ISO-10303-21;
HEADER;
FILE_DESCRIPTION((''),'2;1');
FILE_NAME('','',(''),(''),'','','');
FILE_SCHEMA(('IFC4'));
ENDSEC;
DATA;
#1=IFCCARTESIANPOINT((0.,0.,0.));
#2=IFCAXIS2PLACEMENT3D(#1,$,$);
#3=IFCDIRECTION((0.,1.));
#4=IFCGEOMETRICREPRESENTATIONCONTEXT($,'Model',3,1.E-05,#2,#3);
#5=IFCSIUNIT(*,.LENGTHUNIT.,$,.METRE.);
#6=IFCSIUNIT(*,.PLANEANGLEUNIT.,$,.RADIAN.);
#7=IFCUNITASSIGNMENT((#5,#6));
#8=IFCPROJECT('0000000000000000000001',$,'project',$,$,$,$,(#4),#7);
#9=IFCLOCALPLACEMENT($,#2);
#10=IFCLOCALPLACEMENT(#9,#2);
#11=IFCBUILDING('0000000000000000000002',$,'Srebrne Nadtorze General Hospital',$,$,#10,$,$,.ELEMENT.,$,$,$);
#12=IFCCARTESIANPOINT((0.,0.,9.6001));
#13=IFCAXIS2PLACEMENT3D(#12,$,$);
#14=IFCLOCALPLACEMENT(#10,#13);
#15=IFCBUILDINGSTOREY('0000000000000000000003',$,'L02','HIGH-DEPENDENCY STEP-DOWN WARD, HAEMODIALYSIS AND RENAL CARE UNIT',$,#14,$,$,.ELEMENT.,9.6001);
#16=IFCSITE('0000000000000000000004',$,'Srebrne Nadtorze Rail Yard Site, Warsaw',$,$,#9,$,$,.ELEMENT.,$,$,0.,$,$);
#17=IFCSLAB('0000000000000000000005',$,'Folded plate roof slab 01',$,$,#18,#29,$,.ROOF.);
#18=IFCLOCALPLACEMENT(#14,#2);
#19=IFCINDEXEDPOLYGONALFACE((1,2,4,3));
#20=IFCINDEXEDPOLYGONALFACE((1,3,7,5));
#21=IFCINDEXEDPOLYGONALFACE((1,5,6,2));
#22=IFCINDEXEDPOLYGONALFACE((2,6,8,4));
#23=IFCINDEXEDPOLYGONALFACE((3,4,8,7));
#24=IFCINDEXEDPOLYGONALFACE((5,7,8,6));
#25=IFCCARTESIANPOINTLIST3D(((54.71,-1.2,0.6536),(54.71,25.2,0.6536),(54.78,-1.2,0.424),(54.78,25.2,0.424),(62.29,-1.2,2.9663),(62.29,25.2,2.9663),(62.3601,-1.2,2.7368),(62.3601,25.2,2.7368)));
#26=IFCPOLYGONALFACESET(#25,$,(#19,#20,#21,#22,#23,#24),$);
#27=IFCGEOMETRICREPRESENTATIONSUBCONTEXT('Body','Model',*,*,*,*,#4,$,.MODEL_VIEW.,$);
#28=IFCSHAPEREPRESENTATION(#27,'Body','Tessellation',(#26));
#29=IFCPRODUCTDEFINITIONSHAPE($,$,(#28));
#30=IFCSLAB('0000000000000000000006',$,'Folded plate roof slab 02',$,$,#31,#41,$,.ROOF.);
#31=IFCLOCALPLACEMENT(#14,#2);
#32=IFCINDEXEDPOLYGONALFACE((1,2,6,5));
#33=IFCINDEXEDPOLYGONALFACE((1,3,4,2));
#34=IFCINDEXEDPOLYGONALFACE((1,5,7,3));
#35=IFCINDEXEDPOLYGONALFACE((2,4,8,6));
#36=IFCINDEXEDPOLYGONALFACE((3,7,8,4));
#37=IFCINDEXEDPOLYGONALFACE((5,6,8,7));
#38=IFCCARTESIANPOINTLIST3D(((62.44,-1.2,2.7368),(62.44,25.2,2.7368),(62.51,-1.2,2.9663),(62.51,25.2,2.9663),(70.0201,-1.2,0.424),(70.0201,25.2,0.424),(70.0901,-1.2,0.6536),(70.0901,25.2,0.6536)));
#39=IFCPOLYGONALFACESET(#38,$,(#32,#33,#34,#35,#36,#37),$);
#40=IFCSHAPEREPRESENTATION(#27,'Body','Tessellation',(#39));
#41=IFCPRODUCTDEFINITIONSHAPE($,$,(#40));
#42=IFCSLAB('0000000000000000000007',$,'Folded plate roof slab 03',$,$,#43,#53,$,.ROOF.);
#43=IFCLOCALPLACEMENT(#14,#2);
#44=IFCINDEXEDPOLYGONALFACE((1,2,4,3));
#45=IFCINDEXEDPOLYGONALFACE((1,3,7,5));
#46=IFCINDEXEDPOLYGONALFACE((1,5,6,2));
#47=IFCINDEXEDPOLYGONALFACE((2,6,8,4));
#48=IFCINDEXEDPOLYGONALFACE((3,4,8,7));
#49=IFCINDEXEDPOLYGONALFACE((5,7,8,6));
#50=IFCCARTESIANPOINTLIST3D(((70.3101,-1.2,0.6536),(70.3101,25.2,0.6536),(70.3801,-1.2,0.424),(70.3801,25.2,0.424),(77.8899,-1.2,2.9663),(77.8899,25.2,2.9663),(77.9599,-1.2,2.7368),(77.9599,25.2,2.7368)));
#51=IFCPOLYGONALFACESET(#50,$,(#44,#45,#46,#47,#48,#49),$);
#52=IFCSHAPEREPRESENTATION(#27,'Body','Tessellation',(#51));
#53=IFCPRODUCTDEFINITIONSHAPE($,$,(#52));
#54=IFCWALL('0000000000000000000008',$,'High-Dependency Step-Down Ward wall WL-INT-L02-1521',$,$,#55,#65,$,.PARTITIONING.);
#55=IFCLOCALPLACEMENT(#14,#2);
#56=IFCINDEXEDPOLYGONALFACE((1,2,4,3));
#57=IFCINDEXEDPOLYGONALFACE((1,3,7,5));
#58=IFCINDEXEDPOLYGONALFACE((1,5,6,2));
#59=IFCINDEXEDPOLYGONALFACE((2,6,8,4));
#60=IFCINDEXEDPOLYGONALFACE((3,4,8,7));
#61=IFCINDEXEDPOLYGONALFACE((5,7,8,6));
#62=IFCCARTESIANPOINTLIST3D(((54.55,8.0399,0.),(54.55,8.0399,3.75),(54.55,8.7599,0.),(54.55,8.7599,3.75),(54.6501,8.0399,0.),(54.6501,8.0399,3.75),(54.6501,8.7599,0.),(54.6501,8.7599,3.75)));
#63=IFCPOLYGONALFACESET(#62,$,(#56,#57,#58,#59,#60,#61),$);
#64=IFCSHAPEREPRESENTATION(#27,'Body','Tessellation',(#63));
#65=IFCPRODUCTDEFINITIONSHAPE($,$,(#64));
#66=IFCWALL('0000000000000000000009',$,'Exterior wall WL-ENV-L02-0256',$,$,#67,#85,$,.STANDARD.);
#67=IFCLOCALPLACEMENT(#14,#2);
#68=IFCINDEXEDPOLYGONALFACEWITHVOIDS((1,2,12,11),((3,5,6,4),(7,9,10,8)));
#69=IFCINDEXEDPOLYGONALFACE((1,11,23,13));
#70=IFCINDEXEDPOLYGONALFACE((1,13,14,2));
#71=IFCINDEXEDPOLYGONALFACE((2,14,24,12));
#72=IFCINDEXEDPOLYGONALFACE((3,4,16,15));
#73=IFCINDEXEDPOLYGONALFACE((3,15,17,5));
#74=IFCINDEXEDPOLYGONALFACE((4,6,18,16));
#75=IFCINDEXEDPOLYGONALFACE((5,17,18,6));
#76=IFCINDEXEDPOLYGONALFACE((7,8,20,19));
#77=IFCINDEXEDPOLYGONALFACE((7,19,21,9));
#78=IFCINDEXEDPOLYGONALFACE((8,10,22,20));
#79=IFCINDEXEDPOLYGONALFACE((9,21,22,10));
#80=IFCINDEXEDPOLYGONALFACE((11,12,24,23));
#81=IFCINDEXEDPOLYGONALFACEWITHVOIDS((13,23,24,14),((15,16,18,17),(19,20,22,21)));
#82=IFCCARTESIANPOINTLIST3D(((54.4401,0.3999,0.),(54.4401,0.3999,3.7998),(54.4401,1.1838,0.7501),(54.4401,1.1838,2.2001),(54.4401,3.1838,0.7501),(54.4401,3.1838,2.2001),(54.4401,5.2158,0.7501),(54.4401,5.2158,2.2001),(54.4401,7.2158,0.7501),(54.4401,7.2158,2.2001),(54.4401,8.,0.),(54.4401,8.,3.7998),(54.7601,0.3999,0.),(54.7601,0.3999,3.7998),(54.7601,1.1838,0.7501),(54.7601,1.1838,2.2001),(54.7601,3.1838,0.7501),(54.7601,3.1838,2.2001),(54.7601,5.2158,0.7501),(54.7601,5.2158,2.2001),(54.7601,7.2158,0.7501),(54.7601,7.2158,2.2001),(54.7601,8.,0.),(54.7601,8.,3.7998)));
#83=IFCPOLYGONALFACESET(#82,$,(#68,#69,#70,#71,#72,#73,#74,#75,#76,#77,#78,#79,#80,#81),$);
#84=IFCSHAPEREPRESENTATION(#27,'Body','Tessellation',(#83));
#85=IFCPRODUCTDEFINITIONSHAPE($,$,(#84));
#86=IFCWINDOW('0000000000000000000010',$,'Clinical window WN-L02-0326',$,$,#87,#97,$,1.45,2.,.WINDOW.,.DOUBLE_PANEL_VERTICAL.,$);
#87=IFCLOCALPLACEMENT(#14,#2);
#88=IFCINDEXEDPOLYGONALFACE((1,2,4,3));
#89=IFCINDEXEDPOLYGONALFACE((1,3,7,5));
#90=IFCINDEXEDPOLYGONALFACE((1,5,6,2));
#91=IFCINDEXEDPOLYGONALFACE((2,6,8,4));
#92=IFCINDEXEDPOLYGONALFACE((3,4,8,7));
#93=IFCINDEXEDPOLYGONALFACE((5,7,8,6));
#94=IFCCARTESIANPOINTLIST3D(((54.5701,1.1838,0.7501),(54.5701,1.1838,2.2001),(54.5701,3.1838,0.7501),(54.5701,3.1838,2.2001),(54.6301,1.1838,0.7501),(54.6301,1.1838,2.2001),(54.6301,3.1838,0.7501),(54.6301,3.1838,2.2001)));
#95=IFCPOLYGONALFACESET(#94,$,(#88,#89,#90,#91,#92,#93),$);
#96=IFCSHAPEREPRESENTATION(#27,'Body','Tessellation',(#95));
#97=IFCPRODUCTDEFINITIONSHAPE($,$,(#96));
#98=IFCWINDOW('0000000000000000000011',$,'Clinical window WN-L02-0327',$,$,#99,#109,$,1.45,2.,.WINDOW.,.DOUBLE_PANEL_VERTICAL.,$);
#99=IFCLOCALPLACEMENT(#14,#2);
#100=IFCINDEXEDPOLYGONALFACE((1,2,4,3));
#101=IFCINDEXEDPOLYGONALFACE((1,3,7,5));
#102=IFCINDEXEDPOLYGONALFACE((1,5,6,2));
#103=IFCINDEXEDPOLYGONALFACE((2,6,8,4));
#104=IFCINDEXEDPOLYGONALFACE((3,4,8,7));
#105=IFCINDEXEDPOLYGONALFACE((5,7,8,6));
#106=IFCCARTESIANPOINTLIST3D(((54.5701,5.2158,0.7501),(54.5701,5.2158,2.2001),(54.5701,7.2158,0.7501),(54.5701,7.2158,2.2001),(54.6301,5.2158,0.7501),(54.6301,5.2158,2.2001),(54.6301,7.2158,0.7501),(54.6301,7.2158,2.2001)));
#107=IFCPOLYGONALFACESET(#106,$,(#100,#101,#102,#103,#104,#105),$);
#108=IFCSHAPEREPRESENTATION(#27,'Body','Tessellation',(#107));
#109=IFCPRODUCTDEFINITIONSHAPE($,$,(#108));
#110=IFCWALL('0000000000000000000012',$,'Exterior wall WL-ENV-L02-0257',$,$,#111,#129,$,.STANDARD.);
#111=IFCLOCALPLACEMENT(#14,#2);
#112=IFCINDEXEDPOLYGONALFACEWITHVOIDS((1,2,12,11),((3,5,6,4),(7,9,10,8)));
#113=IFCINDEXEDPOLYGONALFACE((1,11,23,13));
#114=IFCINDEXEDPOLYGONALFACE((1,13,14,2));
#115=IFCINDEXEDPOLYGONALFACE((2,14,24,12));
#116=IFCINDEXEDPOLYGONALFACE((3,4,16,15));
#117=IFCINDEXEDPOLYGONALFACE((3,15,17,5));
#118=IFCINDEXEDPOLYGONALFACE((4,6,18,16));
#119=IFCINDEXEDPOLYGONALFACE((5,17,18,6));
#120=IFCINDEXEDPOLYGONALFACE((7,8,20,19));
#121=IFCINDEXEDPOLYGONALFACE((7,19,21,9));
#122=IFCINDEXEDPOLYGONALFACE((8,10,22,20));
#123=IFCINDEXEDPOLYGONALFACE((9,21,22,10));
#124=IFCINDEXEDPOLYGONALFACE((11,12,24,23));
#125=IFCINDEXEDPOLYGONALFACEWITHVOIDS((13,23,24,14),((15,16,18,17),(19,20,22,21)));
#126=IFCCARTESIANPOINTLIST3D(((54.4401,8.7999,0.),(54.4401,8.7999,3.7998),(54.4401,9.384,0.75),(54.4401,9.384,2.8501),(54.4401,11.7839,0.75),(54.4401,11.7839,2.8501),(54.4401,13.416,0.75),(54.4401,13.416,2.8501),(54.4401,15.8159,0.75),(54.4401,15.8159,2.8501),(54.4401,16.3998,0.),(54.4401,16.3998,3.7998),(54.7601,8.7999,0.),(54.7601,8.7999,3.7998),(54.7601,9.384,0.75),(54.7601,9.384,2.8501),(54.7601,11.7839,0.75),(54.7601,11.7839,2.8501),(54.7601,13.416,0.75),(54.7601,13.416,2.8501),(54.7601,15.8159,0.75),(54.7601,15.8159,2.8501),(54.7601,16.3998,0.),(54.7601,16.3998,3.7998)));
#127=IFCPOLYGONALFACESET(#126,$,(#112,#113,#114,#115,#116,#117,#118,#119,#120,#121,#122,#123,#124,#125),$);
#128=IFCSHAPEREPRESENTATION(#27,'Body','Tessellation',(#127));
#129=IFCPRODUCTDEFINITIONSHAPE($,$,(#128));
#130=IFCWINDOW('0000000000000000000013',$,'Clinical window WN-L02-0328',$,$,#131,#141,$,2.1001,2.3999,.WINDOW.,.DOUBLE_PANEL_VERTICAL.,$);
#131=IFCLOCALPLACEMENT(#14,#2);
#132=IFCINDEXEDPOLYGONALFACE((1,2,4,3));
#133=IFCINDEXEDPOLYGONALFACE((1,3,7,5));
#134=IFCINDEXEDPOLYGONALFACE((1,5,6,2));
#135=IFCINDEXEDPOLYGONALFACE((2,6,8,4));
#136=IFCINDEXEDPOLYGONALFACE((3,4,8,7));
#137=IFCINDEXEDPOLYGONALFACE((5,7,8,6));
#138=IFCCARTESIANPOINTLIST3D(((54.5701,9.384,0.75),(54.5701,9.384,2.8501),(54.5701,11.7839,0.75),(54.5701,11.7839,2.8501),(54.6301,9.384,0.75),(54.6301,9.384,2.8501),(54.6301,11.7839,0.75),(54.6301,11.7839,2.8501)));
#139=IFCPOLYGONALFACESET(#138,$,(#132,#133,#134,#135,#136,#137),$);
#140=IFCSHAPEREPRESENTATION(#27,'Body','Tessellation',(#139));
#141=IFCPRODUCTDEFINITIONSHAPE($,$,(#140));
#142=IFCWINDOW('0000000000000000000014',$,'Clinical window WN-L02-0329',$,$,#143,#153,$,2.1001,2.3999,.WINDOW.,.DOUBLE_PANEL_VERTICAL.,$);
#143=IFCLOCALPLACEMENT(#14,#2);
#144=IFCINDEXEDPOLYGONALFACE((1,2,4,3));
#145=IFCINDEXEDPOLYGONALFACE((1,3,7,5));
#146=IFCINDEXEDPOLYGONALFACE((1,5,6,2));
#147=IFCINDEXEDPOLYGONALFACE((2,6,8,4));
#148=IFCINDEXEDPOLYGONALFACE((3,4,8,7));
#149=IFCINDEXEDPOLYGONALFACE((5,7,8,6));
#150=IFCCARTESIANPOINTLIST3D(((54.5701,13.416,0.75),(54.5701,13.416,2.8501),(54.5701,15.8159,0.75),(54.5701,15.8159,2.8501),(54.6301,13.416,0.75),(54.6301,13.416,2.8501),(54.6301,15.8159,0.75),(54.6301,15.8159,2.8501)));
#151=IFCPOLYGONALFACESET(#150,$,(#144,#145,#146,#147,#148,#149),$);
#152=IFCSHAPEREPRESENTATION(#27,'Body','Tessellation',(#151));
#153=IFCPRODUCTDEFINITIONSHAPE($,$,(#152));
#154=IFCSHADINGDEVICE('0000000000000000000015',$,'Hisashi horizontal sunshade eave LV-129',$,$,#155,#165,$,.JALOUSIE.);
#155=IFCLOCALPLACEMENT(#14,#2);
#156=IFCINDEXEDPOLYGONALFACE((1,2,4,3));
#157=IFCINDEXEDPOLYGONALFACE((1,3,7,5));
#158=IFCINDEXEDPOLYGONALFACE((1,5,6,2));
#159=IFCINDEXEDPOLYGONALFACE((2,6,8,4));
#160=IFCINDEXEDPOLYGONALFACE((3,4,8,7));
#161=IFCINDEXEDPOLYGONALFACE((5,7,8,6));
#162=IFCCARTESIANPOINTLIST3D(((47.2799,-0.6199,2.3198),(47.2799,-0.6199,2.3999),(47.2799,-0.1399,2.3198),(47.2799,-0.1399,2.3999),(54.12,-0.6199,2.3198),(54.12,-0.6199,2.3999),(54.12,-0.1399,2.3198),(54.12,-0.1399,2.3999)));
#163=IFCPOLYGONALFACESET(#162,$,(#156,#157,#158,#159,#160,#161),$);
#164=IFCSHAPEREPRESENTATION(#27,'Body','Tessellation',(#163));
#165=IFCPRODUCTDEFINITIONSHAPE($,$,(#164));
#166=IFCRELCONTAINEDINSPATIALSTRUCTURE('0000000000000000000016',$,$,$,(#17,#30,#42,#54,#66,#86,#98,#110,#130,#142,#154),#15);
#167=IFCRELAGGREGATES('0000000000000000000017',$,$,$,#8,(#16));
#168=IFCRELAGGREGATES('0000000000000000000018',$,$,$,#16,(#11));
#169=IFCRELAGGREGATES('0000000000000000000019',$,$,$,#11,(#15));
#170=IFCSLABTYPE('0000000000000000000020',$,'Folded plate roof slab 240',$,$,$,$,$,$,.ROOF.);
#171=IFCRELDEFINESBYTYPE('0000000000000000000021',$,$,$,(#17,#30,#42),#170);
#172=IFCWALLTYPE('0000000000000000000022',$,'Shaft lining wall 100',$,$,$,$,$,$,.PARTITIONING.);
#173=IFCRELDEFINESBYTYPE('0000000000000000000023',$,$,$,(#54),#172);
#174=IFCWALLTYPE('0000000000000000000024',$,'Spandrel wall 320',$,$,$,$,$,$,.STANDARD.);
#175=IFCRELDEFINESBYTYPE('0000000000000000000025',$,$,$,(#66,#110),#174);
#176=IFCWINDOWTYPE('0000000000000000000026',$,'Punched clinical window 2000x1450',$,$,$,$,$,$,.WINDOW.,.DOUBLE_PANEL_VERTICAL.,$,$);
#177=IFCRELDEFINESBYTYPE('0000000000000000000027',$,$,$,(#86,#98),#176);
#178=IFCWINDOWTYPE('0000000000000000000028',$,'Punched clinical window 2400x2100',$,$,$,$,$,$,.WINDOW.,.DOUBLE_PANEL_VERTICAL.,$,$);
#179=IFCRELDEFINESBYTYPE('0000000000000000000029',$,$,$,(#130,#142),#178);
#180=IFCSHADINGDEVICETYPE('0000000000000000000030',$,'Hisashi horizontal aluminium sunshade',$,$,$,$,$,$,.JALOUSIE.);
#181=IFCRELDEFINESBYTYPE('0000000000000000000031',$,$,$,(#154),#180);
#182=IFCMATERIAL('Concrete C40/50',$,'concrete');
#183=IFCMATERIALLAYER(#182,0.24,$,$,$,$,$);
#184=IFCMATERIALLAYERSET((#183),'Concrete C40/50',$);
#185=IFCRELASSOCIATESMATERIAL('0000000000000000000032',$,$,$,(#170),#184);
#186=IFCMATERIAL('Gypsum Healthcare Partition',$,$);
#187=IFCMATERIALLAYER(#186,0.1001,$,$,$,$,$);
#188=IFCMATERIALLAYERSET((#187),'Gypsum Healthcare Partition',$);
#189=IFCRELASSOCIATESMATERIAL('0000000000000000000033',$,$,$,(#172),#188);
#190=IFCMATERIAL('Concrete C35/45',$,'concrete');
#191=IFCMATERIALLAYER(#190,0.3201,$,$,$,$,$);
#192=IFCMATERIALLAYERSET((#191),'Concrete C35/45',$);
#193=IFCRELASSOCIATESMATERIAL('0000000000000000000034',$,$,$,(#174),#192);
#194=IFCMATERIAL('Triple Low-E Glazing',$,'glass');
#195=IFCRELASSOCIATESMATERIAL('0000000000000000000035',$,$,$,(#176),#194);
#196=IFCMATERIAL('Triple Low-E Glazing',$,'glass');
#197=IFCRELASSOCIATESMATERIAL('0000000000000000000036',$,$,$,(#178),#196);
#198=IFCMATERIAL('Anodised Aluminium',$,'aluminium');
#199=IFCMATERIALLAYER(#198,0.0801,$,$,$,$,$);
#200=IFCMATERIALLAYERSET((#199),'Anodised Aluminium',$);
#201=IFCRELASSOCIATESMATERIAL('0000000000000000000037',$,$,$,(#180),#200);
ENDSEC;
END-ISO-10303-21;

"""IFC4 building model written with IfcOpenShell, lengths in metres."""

from ifc_helpers import new_model, si_unit, direction, frame, frame_2d, origin, origin_2d, place, context, subcontext, project, spatial, polyline, rectangle, outline, extrude, material, layer, layer_set, type_object, element, fill, save


model = new_model("IFC4")

# Units and contexts
model_context = context("Model", 3, precision=1e-05, world=origin(), true_north=direction((0.0, 1.0)))
body_context = subcontext(model_context, "Body", "Model", "MODEL_VIEW")
ifc_project = project(units=[si_unit("LENGTHUNIT", "METRE"), si_unit("PLANEANGLEUNIT", "RADIAN")], contexts=[model_context])

# Site, building, storey
site_placement = place(None, origin())
site = spatial("IfcSite", under=ifc_project, at=site_placement, Name="Srebrne Nadtorze Rail Yard Site, Warsaw", CompositionType="ELEMENT", RefElevation=0.0)
building_placement = place(site_placement, origin())
building = spatial("IfcBuilding", under=site, at=building_placement, Name="Srebrne Nadtorze General Hospital", CompositionType="ELEMENT")
storey_placement = place(building_placement, frame((0.0, 0.0, 9.6001)))
storey = spatial("IfcBuildingStorey", under=building, at=storey_placement, Name="L02", Description="HIGH-DEPENDENCY STEP-DOWN WARD, HAEMODIALYSIS AND RENAL CARE UNIT", CompositionType="ELEMENT", Elevation=9.6001)

# Slabs
ifc_material_1 = material(Name="Concrete C40/50", Category="concrete")
ifc_layer_1 = layer(ifc_material_1, 0.24)
ifc_layer_set_1 = layer_set([ifc_layer_1], Name="Concrete C40/50")
slab_type = type_object("IfcSlabType", Name="Folded plate roof slab 240", PredefinedType="ROOF", material=ifc_layer_set_1)
for number, where, z_axis, x_axis, name in (
    (1, (54.71, -1.2, 0.6536), (-0.291827, 0.0, 0.956471), (0.956471, 0.0, 0.291827), "Folded plate roof slab 01"),
    (2, (62.51, -1.2, 2.9663), (0.291827, 0.0, 0.956471), (0.956471, 0.0, -0.291827), "Folded plate roof slab 02"),
):
    element("IfcSlab", number, at=place(storey_placement, frame(where, z_axis=z_axis, x_axis=x_axis)), inside=storey, type_object=slab_type, Name=name, PredefinedType="ROOF", context=body_context, shape_type="SweptSolid", body=[
        extrude(outline(polyline([(0.0, 0.0), (7.925, 0.0), (7.925, 26.3999), (0.0, 26.3999), (0.0, 0.0)])), origin(), (0.0, 0.0, -1.0), 0.24),
    ])
slab_placement = place(storey_placement, frame((70.3101, -1.2, 0.6536), z_axis=(-0.291836, 0.0, 0.956468), x_axis=(0.956468, 0.0, 0.291836)))
element("IfcSlab", 3, at=slab_placement, inside=storey, type_object=slab_type, Name="Folded plate roof slab 03", PredefinedType="ROOF", context=body_context, shape_type="SweptSolid", body=[
    extrude(outline(polyline([(0.0, 0.0), (7.9248, 0.0), (7.9248, 26.3999), (0.0, 26.3999), (0.0, 0.0)])), origin(), (0.0, 0.0, -1.0), 0.24),
])

# Wall
ifc_material_2 = material(Name="Gypsum Healthcare Partition")
ifc_layer_2 = layer(ifc_material_2, 0.1001)
ifc_layer_set_2 = layer_set([ifc_layer_2], Name="Gypsum Healthcare Partition")
wall_type_1 = type_object("IfcWallType", Name="Shaft lining wall 100", PredefinedType="PARTITIONING", material=ifc_layer_set_2)
wall_1_placement = place(storey_placement, frame((54.6001, 8.04, 0.0), z_axis=(0.0, 0.0, 1.0), x_axis=(0.0, 1.0, 0.0)))
element("IfcWall", 4, at=wall_1_placement, inside=storey, type_object=wall_type_1, Name="High-Dependency Step-Down Ward wall WL-INT-L02-1521", PredefinedType="PARTITIONING", context=body_context, shape_type="SweptSolid", body=[
    extrude(rectangle(XDim=0.72, YDim=0.1001, at=frame_2d((0.3599, 0.0))), origin(), (0.0, 0.0, 1.0), 3.75),
])

# Walls, openings, windows
ifc_material_3 = material(Name="Concrete C35/45", Category="concrete")
ifc_layer_3 = layer(ifc_material_3, 0.3201)
ifc_layer_set_3 = layer_set([ifc_layer_3], Name="Concrete C35/45")
wall_type_2 = type_object("IfcWallType", Name="Spandrel wall 320", PredefinedType="STANDARD", material=ifc_layer_set_3)
wall_2_placement = place(storey_placement, frame((54.6001, 0.3999, 0.0), z_axis=(0.0, 0.0, 1.0), x_axis=(0.0, 1.0, 0.0)))
wall_2 = element("IfcWall", 5, at=wall_2_placement, inside=storey, type_object=wall_type_2, Name="Exterior wall WL-ENV-L02-0256", PredefinedType="STANDARD", context=body_context, shape_type="SweptSolid", body=[
    extrude(rectangle(XDim=7.6001, YDim=0.3201, at=frame_2d((3.8, 0.0))), origin(), (0.0, 0.0, 1.0), 3.7998),
])
opening_1_placement = place(wall_2_placement, frame((0.7839, 0.0, 0.75)))
opening_1 = element("IfcOpeningElement", 6, at=opening_1_placement, cuts=wall_2, PredefinedType="OPENING", context=body_context, shape_type="SweptSolid", body=[
    extrude(rectangle(XDim=2.0, YDim=1.45, at=frame_2d((1.0, 0.7251))), frame((0.0, 0.1719, 0.0), z_axis=(0.0, -1.0, 0.0), x_axis=(1.0, 0.0, 0.0)), (0.0, 0.0, 1.0), 0.344),
])
opening_2_placement = place(wall_2_placement, frame((4.8159, 0.0, 0.75)))
opening_2 = element("IfcOpeningElement", 7, at=opening_2_placement, cuts=wall_2, PredefinedType="OPENING", context=body_context, shape_type="SweptSolid", body=[
    extrude(rectangle(XDim=2.0, YDim=1.45, at=frame_2d((1.0, 0.7251))), frame((0.0, 0.1719, 0.0), z_axis=(0.0, -1.0, 0.0), x_axis=(1.0, 0.0, 0.0)), (0.0, 0.0, 1.0), 0.344),
])
ifc_material_4 = material(Name="Triple Low-E Glazing", Category="glass")
window_type_1 = type_object("IfcWindowType", Name="Punched clinical window 2000x1450", PartitioningType="DOUBLE_PANEL_VERTICAL", PredefinedType="WINDOW", material=ifc_material_4)
window_1_placement = place(opening_1_placement, origin())
window_1 = element("IfcWindow", 8, at=window_1_placement, inside=storey, type_object=window_type_1, Name="Clinical window WN-L02-0326", OverallHeight=1.45, OverallWidth=2.0, PartitioningType="DOUBLE_PANEL_VERTICAL", PredefinedType="WINDOW", context=body_context, shape_type="SweptSolid", body=[
    extrude(rectangle(XDim=2.0, YDim=1.45, at=frame_2d((1.0, 0.7251))), frame((0.0, 0.03, 0.0), z_axis=(0.0, -1.0, 0.0), x_axis=(1.0, 0.0, 0.0)), (0.0, 0.0, 1.0), 0.0601),
])
fill(opening_1, window_1)
window_2_placement = place(opening_2_placement, origin())
window_2 = element("IfcWindow", 9, at=window_2_placement, inside=storey, type_object=window_type_1, Name="Clinical window WN-L02-0327", OverallHeight=1.45, OverallWidth=2.0, PartitioningType="DOUBLE_PANEL_VERTICAL", PredefinedType="WINDOW", context=body_context, shape_type="SweptSolid", body=[
    extrude(rectangle(XDim=2.0, YDim=1.45, at=frame_2d((1.0, 0.7251))), frame((0.0, 0.03, 0.0), z_axis=(0.0, -1.0, 0.0), x_axis=(1.0, 0.0, 0.0)), (0.0, 0.0, 1.0), 0.0601),
])
fill(opening_2, window_2)
wall_3_placement = place(storey_placement, frame((54.6001, 8.8, 0.0), z_axis=(0.0, 0.0, 1.0), x_axis=(0.0, 1.0, 0.0)))
wall_3 = element("IfcWall", 10, at=wall_3_placement, inside=storey, type_object=wall_type_2, Name="Exterior wall WL-ENV-L02-0257", PredefinedType="STANDARD", context=body_context, shape_type="SweptSolid", body=[
    extrude(rectangle(XDim=7.5999, YDim=0.3201, at=frame_2d((3.7998, 0.0))), origin(), (0.0, 0.0, 1.0), 3.7998),
])
opening_3_placement = place(wall_3_placement, frame((0.584, 0.0, 0.75)))
opening_3 = element("IfcOpeningElement", 11, at=opening_3_placement, cuts=wall_3, PredefinedType="OPENING", context=body_context, shape_type="SweptSolid", body=[
    extrude(rectangle(XDim=2.3999, YDim=2.1001, at=frame_2d((1.2, 1.05))), frame((0.0, 0.1719, 0.0), z_axis=(0.0, -1.0, 0.0), x_axis=(1.0, 0.0, 0.0)), (0.0, 0.0, 1.0), 0.344),
])
opening_4_placement = place(wall_3_placement, frame((4.616, 0.0, 0.75)))
opening_4 = element("IfcOpeningElement", 12, at=opening_4_placement, cuts=wall_3, PredefinedType="OPENING", context=body_context, shape_type="SweptSolid", body=[
    extrude(rectangle(XDim=2.3999, YDim=2.1001, at=frame_2d((1.2, 1.05))), frame((0.0, 0.1719, 0.0), z_axis=(0.0, -1.0, 0.0), x_axis=(1.0, 0.0, 0.0)), (0.0, 0.0, 1.0), 0.344),
])
ifc_material_5 = material(Name="Triple Low-E Glazing", Category="glass")
window_type_2 = type_object("IfcWindowType", Name="Punched clinical window 2400x2100", PartitioningType="DOUBLE_PANEL_VERTICAL", PredefinedType="WINDOW", material=ifc_material_5)
window_3_placement = place(opening_3_placement, origin())
window_3 = element("IfcWindow", 13, at=window_3_placement, inside=storey, type_object=window_type_2, Name="Clinical window WN-L02-0328", OverallHeight=2.1001, OverallWidth=2.3999, PartitioningType="DOUBLE_PANEL_VERTICAL", PredefinedType="WINDOW", context=body_context, shape_type="SweptSolid", body=[
    extrude(rectangle(XDim=2.3999, YDim=2.1001, at=frame_2d((1.2, 1.05))), frame((0.0, 0.03, 0.0), z_axis=(0.0, -1.0, 0.0), x_axis=(1.0, 0.0, 0.0)), (0.0, 0.0, 1.0), 0.0601),
])
fill(opening_3, window_3)
window_4_placement = place(opening_4_placement, origin())
window_4 = element("IfcWindow", 14, at=window_4_placement, inside=storey, type_object=window_type_2, Name="Clinical window WN-L02-0329", OverallHeight=2.1001, OverallWidth=2.3999, PartitioningType="DOUBLE_PANEL_VERTICAL", PredefinedType="WINDOW", context=body_context, shape_type="SweptSolid", body=[
    extrude(rectangle(XDim=2.3999, YDim=2.1001, at=frame_2d((1.2, 1.05))), frame((0.0, 0.03, 0.0), z_axis=(0.0, -1.0, 0.0), x_axis=(1.0, 0.0, 0.0)), (0.0, 0.0, 1.0), 0.0601),
])
fill(opening_4, window_4)

# Shading device
ifc_material_6 = material(Name="Anodised Aluminium", Category="aluminium")
ifc_layer_4 = layer(ifc_material_6, 0.0801)
ifc_layer_set_4 = layer_set([ifc_layer_4], Name="Anodised Aluminium")
shading_device_type = type_object("IfcShadingDeviceType", Name="Hisashi horizontal aluminium sunshade", PredefinedType="JALOUSIE", material=ifc_layer_set_4)
shading_device_placement = place(storey_placement, frame((50.7, -0.3799, 2.3198), z_axis=(0.0, 0.0, 1.0), x_axis=(1.0, 0.0, 0.0)))
element("IfcShadingDevice", 15, at=shading_device_placement, inside=storey, type_object=shading_device_type, Name="Hisashi horizontal sunshade eave LV-129", PredefinedType="JALOUSIE", context=body_context, shape_type="SweptSolid", body=[
    extrude(rectangle(XDim=6.8401, YDim=0.48, at=origin_2d()), origin(), (0.0, 0.0, 1.0), 0.0801),
])

save(model, "model.ifc")
